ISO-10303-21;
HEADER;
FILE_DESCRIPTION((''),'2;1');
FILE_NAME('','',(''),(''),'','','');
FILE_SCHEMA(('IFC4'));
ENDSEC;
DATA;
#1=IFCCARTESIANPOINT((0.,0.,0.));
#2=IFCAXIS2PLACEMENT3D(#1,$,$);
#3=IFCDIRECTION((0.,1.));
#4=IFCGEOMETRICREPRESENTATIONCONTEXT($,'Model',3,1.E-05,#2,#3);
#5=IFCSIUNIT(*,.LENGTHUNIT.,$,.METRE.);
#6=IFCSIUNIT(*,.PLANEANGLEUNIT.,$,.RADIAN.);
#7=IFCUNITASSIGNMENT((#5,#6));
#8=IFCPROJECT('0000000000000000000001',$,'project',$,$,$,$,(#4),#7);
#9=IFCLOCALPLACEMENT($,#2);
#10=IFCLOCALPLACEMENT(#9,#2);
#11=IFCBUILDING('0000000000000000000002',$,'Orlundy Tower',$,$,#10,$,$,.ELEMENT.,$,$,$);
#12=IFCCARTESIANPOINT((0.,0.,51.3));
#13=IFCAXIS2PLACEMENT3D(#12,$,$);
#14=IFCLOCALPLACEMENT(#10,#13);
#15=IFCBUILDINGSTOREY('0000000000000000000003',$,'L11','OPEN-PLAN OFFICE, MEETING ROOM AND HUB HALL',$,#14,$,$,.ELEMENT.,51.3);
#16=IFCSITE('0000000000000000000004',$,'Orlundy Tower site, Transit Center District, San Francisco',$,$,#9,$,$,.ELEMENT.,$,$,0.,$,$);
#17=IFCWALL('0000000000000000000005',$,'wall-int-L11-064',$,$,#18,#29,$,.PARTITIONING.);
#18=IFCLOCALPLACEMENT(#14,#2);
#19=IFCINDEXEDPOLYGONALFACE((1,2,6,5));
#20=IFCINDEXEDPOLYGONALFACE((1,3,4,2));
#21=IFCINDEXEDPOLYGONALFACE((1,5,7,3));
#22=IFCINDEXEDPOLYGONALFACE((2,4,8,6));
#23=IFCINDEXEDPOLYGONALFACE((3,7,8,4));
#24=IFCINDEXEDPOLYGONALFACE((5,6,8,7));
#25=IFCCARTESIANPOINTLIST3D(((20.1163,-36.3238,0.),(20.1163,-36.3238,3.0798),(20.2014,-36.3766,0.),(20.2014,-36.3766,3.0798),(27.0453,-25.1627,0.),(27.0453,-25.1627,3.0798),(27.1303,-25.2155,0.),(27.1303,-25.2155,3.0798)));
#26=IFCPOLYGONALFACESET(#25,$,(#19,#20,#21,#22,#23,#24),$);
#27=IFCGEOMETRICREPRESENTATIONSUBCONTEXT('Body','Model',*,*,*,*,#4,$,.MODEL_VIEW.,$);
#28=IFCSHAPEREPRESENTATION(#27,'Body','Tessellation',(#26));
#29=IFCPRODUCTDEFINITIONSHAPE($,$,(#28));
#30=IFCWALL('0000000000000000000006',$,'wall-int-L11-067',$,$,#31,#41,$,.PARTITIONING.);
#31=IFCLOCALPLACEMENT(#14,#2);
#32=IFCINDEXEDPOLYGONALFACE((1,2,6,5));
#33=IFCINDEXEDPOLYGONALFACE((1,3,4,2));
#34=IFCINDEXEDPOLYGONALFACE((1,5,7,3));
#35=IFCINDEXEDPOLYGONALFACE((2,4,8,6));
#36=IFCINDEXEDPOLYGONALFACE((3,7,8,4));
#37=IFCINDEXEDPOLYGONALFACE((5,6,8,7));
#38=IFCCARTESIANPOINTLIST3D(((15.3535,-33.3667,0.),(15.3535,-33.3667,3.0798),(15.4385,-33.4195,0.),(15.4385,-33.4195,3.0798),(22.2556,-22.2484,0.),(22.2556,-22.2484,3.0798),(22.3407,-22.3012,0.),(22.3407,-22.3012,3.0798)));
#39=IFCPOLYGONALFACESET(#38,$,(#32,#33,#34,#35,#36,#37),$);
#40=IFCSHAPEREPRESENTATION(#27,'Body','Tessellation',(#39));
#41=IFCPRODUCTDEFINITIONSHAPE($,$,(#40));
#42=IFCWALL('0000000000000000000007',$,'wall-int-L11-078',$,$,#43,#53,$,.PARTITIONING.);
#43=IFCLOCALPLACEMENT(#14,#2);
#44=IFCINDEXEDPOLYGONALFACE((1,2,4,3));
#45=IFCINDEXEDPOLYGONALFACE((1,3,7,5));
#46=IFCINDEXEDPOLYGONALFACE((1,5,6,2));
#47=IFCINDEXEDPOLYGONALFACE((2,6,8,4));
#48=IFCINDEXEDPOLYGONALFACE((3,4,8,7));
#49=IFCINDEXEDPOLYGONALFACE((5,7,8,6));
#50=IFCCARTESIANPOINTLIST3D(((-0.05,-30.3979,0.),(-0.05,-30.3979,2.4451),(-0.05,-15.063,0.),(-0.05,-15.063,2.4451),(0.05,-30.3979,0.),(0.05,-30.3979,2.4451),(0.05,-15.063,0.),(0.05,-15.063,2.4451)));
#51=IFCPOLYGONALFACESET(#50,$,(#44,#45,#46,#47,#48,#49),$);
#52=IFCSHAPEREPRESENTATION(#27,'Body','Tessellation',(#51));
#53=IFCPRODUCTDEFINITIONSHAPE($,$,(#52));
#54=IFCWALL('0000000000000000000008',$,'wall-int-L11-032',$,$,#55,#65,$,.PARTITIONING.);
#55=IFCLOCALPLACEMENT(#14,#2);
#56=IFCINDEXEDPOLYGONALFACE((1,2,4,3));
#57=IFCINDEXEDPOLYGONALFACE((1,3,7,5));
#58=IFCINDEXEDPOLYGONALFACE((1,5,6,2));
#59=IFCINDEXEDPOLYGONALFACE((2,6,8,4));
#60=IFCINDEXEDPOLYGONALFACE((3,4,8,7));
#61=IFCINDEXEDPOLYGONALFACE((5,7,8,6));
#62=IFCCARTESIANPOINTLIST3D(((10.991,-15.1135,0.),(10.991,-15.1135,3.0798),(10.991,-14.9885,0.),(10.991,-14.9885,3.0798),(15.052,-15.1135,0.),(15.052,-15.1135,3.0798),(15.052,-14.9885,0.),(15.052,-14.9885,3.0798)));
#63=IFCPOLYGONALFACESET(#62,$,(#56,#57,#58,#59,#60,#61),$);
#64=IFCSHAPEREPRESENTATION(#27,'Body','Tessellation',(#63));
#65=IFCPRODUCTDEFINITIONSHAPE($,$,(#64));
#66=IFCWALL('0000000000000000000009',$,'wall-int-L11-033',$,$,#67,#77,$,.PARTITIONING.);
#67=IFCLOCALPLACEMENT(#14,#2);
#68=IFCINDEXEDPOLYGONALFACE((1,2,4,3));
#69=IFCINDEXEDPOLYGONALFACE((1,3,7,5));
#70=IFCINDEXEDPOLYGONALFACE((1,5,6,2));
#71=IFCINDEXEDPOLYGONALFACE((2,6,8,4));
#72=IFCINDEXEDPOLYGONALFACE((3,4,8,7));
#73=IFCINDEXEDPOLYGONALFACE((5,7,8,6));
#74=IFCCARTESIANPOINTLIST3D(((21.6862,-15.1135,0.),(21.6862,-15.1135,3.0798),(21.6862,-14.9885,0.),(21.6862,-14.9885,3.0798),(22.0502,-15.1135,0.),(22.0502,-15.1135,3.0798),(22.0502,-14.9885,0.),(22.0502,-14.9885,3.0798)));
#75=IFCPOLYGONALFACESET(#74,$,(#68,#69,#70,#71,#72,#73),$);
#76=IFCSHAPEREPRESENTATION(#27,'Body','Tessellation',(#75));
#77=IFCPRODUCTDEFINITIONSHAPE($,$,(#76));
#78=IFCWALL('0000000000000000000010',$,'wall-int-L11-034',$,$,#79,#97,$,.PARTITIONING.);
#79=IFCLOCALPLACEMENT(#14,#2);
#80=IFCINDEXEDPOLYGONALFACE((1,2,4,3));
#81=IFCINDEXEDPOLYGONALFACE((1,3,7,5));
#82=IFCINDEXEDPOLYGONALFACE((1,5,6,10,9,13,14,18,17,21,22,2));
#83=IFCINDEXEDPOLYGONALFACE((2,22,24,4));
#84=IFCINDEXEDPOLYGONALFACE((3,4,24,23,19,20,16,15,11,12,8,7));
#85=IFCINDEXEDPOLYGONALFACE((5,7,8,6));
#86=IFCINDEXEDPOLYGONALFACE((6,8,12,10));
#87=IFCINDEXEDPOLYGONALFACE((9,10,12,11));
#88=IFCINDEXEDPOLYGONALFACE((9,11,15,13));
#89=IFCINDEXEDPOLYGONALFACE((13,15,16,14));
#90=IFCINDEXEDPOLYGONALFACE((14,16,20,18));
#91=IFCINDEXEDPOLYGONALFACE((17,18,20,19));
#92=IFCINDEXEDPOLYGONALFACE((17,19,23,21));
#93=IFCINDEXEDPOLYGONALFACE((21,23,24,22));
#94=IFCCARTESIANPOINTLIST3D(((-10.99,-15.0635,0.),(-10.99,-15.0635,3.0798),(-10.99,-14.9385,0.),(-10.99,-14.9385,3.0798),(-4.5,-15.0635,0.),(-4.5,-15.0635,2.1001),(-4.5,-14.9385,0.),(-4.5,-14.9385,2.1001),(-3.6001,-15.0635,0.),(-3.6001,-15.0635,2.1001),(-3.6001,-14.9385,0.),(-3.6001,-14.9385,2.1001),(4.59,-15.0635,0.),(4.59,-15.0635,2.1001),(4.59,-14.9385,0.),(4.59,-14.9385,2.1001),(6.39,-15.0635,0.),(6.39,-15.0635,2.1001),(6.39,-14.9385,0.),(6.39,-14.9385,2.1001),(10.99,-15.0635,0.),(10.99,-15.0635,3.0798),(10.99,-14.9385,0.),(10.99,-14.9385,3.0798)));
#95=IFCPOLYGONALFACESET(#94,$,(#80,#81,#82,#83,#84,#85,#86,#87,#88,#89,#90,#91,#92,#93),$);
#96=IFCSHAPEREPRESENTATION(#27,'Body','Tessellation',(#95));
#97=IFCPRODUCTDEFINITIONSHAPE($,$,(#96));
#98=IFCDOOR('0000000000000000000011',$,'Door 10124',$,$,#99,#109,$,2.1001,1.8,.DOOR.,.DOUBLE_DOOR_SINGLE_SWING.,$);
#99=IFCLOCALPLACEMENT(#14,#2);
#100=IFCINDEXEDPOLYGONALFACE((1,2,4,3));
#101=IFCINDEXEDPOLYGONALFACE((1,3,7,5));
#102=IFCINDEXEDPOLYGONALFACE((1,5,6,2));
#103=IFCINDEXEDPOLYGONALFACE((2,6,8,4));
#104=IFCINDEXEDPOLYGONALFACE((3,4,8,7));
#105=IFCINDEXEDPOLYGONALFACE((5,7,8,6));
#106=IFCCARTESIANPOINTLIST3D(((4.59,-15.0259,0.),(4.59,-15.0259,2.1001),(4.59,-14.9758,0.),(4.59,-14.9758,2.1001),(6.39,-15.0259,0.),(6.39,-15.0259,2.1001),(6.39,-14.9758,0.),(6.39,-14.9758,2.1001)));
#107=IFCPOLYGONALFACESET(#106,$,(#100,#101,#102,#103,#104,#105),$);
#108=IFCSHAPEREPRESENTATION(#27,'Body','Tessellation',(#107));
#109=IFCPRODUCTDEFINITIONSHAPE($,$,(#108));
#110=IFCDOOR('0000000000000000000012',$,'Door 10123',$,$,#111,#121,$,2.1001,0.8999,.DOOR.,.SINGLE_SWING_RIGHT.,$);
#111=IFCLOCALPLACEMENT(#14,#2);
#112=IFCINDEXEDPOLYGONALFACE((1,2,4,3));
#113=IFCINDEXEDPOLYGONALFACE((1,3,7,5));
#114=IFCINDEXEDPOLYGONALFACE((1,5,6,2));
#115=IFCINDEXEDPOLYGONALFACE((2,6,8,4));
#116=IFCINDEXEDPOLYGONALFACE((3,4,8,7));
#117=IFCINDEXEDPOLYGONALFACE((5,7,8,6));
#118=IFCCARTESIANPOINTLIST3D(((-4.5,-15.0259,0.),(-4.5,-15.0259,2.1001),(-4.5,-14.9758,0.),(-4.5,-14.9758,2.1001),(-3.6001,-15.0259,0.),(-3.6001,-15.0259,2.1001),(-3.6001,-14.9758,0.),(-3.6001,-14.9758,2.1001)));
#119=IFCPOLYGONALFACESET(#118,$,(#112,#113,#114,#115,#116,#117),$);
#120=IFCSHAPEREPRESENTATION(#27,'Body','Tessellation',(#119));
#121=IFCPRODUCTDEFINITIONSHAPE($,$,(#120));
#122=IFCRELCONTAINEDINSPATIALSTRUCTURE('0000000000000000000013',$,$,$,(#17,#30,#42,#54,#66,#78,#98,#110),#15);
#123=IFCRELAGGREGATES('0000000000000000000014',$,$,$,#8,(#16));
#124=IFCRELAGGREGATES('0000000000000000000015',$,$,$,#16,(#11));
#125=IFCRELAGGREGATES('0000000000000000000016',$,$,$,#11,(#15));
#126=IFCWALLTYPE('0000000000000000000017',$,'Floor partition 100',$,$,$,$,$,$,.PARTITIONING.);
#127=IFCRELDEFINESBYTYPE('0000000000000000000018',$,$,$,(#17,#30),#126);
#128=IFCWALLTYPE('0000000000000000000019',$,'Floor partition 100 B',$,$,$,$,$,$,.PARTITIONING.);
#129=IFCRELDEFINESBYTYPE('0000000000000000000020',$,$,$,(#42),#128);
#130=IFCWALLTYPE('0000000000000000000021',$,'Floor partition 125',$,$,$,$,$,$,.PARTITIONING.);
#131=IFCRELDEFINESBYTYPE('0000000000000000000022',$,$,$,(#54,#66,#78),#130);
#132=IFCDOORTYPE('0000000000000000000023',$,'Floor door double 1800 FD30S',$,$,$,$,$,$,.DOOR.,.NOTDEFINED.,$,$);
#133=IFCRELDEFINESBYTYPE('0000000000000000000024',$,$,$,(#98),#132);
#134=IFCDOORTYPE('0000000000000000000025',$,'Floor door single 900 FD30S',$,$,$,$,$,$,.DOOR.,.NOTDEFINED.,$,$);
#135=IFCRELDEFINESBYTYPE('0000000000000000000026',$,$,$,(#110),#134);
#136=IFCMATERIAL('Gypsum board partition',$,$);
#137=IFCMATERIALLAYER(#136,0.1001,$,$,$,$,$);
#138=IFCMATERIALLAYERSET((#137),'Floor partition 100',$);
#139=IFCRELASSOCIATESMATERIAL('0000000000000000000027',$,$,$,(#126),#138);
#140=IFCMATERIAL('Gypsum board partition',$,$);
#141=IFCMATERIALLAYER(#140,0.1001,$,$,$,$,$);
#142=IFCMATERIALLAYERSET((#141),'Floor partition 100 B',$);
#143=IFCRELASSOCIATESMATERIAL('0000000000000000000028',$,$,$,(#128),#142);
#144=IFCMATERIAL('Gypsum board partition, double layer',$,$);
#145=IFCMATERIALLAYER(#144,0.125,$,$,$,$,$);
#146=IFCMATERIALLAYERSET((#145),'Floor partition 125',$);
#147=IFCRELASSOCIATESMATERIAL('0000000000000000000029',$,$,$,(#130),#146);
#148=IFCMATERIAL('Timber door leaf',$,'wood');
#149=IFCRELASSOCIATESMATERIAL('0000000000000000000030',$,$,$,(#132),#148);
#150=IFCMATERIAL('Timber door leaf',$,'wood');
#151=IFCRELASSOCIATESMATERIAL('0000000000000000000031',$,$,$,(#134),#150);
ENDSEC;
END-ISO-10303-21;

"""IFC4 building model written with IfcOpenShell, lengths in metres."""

from ifc_helpers import new_model, si_unit, direction, frame, frame_2d, origin, place, context, subcontext, project, spatial, rectangle, extrude, material, layer, layer_set, type_object, element, fill, save


model = new_model("IFC4")

# Units and contexts
model_context = context("Model", 3, precision=1e-05, world=origin(), true_north=direction((0.0, 1.0)))
body_context = subcontext(model_context, "Body", "Model", "MODEL_VIEW")
ifc_project = project(units=[si_unit("LENGTHUNIT", "METRE"), si_unit("PLANEANGLEUNIT", "RADIAN")], contexts=[model_context])

# Site, building, storey
site_placement = place(None, origin())
site = spatial("IfcSite", under=ifc_project, at=site_placement, Name="Orlundy Tower site, Transit Center District, San Francisco", CompositionType="ELEMENT", RefElevation=0.0)
building_placement = place(site_placement, origin())
building = spatial("IfcBuilding", under=site, at=building_placement, Name="Orlundy Tower", CompositionType="ELEMENT")
storey_placement = place(building_placement, frame((0.0, 0.0, 51.3)))
storey = spatial("IfcBuildingStorey", under=building, at=storey_placement, Name="L11", Description="OPEN-PLAN OFFICE, MEETING ROOM AND HUB HALL", CompositionType="ELEMENT", Elevation=51.3)

# Walls
ifc_material_1 = material(Name="Gypsum board partition")
ifc_layer_1 = layer(ifc_material_1, 0.1001)
ifc_layer_set_1 = layer_set([ifc_layer_1], Name="Floor partition 100")
wall_type_1 = type_object("IfcWallType", Name="Floor partition 100", PredefinedType="PARTITIONING", material=ifc_layer_set_1)
wall_1_placement = place(storey_placement, frame((20.1589, -36.3501, 0.0), z_axis=(0.0, 0.0, 1.0), x_axis=(0.527437, 0.849594, 0.0)))
element("IfcWall", 1, at=wall_1_placement, inside=storey, type_object=wall_type_1, Name="wall-int-L11-064", PredefinedType="PARTITIONING", context=body_context, shape_type="SweptSolid", body=[
    extrude(rectangle(XDim=13.137, YDim=0.1001, at=frame_2d((6.5684, 0.0))), origin(), (0.0, 0.0, 1.0), 3.0798),
])
wall_2_placement = place(storey_placement, frame((15.396, -33.3931, 0.0), z_axis=(0.0, 0.0, 1.0), x_axis=(0.527427, 0.8496, 0.0)))
element("IfcWall", 2, at=wall_2_placement, inside=storey, type_object=wall_type_1, Name="wall-int-L11-067", PredefinedType="PARTITIONING", context=body_context, shape_type="SweptSolid", body=[
    extrude(rectangle(XDim=13.0864, YDim=0.1001, at=frame_2d((6.5432, 0.0))), origin(), (0.0, 0.0, 1.0), 3.0798),
])
ifc_material_2 = material(Name="Gypsum board partition")
ifc_layer_2 = layer(ifc_material_2, 0.1001)
ifc_layer_set_2 = layer_set([ifc_layer_2], Name="Floor partition 100 B")
wall_type_2 = type_object("IfcWallType", Name="Floor partition 100 B", PredefinedType="PARTITIONING", material=ifc_layer_set_2)
wall_3_placement = place(storey_placement, frame((0.0, -30.3979, 0.0), z_axis=(0.0, 0.0, 1.0), x_axis=(0.0, 1.0, 0.0)))
element("IfcWall", 3, at=wall_3_placement, inside=storey, type_object=wall_type_2, Name="wall-int-L11-078", PredefinedType="PARTITIONING", context=body_context, shape_type="SweptSolid", body=[
    extrude(rectangle(XDim=15.335, YDim=0.1001, at=frame_2d((7.6675, 0.0))), origin(), (0.0, 0.0, 1.0), 2.4451),
])
ifc_material_3 = material(Name="Gypsum board partition, double layer")
ifc_layer_3 = layer(ifc_material_3, 0.125)
ifc_layer_set_3 = layer_set([ifc_layer_3], Name="Floor partition 125")
wall_type_3 = type_object("IfcWallType", Name="Floor partition 125", PredefinedType="PARTITIONING", material=ifc_layer_set_3)
wall_4_placement = place(storey_placement, frame((10.991, -15.051, 0.0), z_axis=(0.0, 0.0, 1.0), x_axis=(1.0, 0.0, 0.0)))
element("IfcWall", 4, at=wall_4_placement, inside=storey, type_object=wall_type_3, Name="wall-int-L11-032", PredefinedType="PARTITIONING", context=body_context, shape_type="SweptSolid", body=[
    extrude(rectangle(XDim=4.061, YDim=0.125, at=frame_2d((2.0305, 0.0))), origin(), (0.0, 0.0, 1.0), 3.0798),
])
wall_5_placement = place(storey_placement, frame((21.686, -15.051, 0.0), z_axis=(0.0, 0.0, 1.0), x_axis=(1.0, 0.0, 0.0)))
element("IfcWall", 5, at=wall_5_placement, inside=storey, type_object=wall_type_3, Name="wall-int-L11-033", PredefinedType="PARTITIONING", context=body_context, shape_type="SweptSolid", body=[
    extrude(rectangle(XDim=0.364, YDim=0.125, at=frame_2d((0.1821, 0.0))), origin(), (0.0, 0.0, 1.0), 3.0798),
])

# Wall, openings, doors
wall_6_placement = place(storey_placement, frame((10.99, -15.001, 0.0), z_axis=(0.0, 0.0, 1.0), x_axis=(-1.0, 0.0, 0.0)))
wall_6 = element("IfcWall", 6, at=wall_6_placement, inside=storey, type_object=wall_type_3, Name="wall-int-L11-034", PredefinedType="PARTITIONING", context=body_context, shape_type="SweptSolid", body=[
    extrude(rectangle(XDim=21.98, YDim=0.125, at=frame_2d((10.99, 0.0))), origin(), (0.0, 0.0, 1.0), 3.0798),
])
opening_1_placement = place(wall_6_placement, frame((14.5901, 0.0, 0.0)))
opening_1 = element("IfcOpeningElement", 7, at=opening_1_placement, cuts=wall_6, PredefinedType="OPENING", context=body_context, shape_type="SweptSolid", body=[
    extrude(rectangle(XDim=0.8999, YDim=2.1001, at=frame_2d((0.45, 1.05))), frame((0.0, 0.0725, 0.0), z_axis=(0.0, -1.0, 0.0), x_axis=(1.0, 0.0, 0.0)), (0.0, 0.0, 1.0), 0.145),
])
opening_2_placement = place(wall_6_placement, frame((4.6001, 0.0, 0.0)))
opening_2 = element("IfcOpeningElement", 8, at=opening_2_placement, cuts=wall_6, PredefinedType="OPENING", context=body_context, shape_type="SweptSolid", body=[
    extrude(rectangle(XDim=1.8, YDim=2.1001, at=frame_2d((0.8999, 1.05))), frame((0.0, 0.0725, 0.0), z_axis=(0.0, -1.0, 0.0), x_axis=(1.0, 0.0, 0.0)), (0.0, 0.0, 1.0), 0.145),
])
ifc_material_4 = material(Name="Timber door leaf", Category="wood")
door_type_1 = type_object("IfcDoorType", Name="Floor door double 1800 FD30S", OperationType="NOTDEFINED", PredefinedType="DOOR", material=ifc_material_4)
door_1_placement = place(opening_2_placement, origin())
door_1 = element("IfcDoor", 9, at=door_1_placement, inside=storey, type_object=door_type_1, Name="Door 10124", OperationType="DOUBLE_DOOR_SINGLE_SWING", OverallHeight=2.1001, OverallWidth=1.8, PredefinedType="DOOR", context=body_context, shape_type="SweptSolid", body=[
    extrude(rectangle(XDim=1.8, YDim=2.1001, at=frame_2d((0.8999, 1.05))), frame((0.0, 0.0249, 0.0), z_axis=(0.0, -1.0, 0.0), x_axis=(1.0, 0.0, 0.0)), (0.0, 0.0, 1.0), 0.05),
])
fill(opening_2, door_1)
ifc_material_5 = material(Name="Timber door leaf", Category="wood")
door_type_2 = type_object("IfcDoorType", Name="Floor door single 900 FD30S", OperationType="NOTDEFINED", PredefinedType="DOOR", material=ifc_material_5)
door_2_placement = place(opening_1_placement, origin())
door_2 = element("IfcDoor", 10, at=door_2_placement, inside=storey, type_object=door_type_2, Name="Door 10123", OperationType="SINGLE_SWING_RIGHT", OverallHeight=2.1001, OverallWidth=0.8999, PredefinedType="DOOR", context=body_context, shape_type="SweptSolid", body=[
    extrude(rectangle(XDim=0.8999, YDim=2.1001, at=frame_2d((0.45, 1.05))), frame((0.0, 0.0249, 0.0), z_axis=(0.0, -1.0, 0.0), x_axis=(1.0, 0.0, 0.0)), (0.0, 0.0, 1.0), 0.05),
])
fill(opening_1, door_2)

save(model, "model.ifc")
